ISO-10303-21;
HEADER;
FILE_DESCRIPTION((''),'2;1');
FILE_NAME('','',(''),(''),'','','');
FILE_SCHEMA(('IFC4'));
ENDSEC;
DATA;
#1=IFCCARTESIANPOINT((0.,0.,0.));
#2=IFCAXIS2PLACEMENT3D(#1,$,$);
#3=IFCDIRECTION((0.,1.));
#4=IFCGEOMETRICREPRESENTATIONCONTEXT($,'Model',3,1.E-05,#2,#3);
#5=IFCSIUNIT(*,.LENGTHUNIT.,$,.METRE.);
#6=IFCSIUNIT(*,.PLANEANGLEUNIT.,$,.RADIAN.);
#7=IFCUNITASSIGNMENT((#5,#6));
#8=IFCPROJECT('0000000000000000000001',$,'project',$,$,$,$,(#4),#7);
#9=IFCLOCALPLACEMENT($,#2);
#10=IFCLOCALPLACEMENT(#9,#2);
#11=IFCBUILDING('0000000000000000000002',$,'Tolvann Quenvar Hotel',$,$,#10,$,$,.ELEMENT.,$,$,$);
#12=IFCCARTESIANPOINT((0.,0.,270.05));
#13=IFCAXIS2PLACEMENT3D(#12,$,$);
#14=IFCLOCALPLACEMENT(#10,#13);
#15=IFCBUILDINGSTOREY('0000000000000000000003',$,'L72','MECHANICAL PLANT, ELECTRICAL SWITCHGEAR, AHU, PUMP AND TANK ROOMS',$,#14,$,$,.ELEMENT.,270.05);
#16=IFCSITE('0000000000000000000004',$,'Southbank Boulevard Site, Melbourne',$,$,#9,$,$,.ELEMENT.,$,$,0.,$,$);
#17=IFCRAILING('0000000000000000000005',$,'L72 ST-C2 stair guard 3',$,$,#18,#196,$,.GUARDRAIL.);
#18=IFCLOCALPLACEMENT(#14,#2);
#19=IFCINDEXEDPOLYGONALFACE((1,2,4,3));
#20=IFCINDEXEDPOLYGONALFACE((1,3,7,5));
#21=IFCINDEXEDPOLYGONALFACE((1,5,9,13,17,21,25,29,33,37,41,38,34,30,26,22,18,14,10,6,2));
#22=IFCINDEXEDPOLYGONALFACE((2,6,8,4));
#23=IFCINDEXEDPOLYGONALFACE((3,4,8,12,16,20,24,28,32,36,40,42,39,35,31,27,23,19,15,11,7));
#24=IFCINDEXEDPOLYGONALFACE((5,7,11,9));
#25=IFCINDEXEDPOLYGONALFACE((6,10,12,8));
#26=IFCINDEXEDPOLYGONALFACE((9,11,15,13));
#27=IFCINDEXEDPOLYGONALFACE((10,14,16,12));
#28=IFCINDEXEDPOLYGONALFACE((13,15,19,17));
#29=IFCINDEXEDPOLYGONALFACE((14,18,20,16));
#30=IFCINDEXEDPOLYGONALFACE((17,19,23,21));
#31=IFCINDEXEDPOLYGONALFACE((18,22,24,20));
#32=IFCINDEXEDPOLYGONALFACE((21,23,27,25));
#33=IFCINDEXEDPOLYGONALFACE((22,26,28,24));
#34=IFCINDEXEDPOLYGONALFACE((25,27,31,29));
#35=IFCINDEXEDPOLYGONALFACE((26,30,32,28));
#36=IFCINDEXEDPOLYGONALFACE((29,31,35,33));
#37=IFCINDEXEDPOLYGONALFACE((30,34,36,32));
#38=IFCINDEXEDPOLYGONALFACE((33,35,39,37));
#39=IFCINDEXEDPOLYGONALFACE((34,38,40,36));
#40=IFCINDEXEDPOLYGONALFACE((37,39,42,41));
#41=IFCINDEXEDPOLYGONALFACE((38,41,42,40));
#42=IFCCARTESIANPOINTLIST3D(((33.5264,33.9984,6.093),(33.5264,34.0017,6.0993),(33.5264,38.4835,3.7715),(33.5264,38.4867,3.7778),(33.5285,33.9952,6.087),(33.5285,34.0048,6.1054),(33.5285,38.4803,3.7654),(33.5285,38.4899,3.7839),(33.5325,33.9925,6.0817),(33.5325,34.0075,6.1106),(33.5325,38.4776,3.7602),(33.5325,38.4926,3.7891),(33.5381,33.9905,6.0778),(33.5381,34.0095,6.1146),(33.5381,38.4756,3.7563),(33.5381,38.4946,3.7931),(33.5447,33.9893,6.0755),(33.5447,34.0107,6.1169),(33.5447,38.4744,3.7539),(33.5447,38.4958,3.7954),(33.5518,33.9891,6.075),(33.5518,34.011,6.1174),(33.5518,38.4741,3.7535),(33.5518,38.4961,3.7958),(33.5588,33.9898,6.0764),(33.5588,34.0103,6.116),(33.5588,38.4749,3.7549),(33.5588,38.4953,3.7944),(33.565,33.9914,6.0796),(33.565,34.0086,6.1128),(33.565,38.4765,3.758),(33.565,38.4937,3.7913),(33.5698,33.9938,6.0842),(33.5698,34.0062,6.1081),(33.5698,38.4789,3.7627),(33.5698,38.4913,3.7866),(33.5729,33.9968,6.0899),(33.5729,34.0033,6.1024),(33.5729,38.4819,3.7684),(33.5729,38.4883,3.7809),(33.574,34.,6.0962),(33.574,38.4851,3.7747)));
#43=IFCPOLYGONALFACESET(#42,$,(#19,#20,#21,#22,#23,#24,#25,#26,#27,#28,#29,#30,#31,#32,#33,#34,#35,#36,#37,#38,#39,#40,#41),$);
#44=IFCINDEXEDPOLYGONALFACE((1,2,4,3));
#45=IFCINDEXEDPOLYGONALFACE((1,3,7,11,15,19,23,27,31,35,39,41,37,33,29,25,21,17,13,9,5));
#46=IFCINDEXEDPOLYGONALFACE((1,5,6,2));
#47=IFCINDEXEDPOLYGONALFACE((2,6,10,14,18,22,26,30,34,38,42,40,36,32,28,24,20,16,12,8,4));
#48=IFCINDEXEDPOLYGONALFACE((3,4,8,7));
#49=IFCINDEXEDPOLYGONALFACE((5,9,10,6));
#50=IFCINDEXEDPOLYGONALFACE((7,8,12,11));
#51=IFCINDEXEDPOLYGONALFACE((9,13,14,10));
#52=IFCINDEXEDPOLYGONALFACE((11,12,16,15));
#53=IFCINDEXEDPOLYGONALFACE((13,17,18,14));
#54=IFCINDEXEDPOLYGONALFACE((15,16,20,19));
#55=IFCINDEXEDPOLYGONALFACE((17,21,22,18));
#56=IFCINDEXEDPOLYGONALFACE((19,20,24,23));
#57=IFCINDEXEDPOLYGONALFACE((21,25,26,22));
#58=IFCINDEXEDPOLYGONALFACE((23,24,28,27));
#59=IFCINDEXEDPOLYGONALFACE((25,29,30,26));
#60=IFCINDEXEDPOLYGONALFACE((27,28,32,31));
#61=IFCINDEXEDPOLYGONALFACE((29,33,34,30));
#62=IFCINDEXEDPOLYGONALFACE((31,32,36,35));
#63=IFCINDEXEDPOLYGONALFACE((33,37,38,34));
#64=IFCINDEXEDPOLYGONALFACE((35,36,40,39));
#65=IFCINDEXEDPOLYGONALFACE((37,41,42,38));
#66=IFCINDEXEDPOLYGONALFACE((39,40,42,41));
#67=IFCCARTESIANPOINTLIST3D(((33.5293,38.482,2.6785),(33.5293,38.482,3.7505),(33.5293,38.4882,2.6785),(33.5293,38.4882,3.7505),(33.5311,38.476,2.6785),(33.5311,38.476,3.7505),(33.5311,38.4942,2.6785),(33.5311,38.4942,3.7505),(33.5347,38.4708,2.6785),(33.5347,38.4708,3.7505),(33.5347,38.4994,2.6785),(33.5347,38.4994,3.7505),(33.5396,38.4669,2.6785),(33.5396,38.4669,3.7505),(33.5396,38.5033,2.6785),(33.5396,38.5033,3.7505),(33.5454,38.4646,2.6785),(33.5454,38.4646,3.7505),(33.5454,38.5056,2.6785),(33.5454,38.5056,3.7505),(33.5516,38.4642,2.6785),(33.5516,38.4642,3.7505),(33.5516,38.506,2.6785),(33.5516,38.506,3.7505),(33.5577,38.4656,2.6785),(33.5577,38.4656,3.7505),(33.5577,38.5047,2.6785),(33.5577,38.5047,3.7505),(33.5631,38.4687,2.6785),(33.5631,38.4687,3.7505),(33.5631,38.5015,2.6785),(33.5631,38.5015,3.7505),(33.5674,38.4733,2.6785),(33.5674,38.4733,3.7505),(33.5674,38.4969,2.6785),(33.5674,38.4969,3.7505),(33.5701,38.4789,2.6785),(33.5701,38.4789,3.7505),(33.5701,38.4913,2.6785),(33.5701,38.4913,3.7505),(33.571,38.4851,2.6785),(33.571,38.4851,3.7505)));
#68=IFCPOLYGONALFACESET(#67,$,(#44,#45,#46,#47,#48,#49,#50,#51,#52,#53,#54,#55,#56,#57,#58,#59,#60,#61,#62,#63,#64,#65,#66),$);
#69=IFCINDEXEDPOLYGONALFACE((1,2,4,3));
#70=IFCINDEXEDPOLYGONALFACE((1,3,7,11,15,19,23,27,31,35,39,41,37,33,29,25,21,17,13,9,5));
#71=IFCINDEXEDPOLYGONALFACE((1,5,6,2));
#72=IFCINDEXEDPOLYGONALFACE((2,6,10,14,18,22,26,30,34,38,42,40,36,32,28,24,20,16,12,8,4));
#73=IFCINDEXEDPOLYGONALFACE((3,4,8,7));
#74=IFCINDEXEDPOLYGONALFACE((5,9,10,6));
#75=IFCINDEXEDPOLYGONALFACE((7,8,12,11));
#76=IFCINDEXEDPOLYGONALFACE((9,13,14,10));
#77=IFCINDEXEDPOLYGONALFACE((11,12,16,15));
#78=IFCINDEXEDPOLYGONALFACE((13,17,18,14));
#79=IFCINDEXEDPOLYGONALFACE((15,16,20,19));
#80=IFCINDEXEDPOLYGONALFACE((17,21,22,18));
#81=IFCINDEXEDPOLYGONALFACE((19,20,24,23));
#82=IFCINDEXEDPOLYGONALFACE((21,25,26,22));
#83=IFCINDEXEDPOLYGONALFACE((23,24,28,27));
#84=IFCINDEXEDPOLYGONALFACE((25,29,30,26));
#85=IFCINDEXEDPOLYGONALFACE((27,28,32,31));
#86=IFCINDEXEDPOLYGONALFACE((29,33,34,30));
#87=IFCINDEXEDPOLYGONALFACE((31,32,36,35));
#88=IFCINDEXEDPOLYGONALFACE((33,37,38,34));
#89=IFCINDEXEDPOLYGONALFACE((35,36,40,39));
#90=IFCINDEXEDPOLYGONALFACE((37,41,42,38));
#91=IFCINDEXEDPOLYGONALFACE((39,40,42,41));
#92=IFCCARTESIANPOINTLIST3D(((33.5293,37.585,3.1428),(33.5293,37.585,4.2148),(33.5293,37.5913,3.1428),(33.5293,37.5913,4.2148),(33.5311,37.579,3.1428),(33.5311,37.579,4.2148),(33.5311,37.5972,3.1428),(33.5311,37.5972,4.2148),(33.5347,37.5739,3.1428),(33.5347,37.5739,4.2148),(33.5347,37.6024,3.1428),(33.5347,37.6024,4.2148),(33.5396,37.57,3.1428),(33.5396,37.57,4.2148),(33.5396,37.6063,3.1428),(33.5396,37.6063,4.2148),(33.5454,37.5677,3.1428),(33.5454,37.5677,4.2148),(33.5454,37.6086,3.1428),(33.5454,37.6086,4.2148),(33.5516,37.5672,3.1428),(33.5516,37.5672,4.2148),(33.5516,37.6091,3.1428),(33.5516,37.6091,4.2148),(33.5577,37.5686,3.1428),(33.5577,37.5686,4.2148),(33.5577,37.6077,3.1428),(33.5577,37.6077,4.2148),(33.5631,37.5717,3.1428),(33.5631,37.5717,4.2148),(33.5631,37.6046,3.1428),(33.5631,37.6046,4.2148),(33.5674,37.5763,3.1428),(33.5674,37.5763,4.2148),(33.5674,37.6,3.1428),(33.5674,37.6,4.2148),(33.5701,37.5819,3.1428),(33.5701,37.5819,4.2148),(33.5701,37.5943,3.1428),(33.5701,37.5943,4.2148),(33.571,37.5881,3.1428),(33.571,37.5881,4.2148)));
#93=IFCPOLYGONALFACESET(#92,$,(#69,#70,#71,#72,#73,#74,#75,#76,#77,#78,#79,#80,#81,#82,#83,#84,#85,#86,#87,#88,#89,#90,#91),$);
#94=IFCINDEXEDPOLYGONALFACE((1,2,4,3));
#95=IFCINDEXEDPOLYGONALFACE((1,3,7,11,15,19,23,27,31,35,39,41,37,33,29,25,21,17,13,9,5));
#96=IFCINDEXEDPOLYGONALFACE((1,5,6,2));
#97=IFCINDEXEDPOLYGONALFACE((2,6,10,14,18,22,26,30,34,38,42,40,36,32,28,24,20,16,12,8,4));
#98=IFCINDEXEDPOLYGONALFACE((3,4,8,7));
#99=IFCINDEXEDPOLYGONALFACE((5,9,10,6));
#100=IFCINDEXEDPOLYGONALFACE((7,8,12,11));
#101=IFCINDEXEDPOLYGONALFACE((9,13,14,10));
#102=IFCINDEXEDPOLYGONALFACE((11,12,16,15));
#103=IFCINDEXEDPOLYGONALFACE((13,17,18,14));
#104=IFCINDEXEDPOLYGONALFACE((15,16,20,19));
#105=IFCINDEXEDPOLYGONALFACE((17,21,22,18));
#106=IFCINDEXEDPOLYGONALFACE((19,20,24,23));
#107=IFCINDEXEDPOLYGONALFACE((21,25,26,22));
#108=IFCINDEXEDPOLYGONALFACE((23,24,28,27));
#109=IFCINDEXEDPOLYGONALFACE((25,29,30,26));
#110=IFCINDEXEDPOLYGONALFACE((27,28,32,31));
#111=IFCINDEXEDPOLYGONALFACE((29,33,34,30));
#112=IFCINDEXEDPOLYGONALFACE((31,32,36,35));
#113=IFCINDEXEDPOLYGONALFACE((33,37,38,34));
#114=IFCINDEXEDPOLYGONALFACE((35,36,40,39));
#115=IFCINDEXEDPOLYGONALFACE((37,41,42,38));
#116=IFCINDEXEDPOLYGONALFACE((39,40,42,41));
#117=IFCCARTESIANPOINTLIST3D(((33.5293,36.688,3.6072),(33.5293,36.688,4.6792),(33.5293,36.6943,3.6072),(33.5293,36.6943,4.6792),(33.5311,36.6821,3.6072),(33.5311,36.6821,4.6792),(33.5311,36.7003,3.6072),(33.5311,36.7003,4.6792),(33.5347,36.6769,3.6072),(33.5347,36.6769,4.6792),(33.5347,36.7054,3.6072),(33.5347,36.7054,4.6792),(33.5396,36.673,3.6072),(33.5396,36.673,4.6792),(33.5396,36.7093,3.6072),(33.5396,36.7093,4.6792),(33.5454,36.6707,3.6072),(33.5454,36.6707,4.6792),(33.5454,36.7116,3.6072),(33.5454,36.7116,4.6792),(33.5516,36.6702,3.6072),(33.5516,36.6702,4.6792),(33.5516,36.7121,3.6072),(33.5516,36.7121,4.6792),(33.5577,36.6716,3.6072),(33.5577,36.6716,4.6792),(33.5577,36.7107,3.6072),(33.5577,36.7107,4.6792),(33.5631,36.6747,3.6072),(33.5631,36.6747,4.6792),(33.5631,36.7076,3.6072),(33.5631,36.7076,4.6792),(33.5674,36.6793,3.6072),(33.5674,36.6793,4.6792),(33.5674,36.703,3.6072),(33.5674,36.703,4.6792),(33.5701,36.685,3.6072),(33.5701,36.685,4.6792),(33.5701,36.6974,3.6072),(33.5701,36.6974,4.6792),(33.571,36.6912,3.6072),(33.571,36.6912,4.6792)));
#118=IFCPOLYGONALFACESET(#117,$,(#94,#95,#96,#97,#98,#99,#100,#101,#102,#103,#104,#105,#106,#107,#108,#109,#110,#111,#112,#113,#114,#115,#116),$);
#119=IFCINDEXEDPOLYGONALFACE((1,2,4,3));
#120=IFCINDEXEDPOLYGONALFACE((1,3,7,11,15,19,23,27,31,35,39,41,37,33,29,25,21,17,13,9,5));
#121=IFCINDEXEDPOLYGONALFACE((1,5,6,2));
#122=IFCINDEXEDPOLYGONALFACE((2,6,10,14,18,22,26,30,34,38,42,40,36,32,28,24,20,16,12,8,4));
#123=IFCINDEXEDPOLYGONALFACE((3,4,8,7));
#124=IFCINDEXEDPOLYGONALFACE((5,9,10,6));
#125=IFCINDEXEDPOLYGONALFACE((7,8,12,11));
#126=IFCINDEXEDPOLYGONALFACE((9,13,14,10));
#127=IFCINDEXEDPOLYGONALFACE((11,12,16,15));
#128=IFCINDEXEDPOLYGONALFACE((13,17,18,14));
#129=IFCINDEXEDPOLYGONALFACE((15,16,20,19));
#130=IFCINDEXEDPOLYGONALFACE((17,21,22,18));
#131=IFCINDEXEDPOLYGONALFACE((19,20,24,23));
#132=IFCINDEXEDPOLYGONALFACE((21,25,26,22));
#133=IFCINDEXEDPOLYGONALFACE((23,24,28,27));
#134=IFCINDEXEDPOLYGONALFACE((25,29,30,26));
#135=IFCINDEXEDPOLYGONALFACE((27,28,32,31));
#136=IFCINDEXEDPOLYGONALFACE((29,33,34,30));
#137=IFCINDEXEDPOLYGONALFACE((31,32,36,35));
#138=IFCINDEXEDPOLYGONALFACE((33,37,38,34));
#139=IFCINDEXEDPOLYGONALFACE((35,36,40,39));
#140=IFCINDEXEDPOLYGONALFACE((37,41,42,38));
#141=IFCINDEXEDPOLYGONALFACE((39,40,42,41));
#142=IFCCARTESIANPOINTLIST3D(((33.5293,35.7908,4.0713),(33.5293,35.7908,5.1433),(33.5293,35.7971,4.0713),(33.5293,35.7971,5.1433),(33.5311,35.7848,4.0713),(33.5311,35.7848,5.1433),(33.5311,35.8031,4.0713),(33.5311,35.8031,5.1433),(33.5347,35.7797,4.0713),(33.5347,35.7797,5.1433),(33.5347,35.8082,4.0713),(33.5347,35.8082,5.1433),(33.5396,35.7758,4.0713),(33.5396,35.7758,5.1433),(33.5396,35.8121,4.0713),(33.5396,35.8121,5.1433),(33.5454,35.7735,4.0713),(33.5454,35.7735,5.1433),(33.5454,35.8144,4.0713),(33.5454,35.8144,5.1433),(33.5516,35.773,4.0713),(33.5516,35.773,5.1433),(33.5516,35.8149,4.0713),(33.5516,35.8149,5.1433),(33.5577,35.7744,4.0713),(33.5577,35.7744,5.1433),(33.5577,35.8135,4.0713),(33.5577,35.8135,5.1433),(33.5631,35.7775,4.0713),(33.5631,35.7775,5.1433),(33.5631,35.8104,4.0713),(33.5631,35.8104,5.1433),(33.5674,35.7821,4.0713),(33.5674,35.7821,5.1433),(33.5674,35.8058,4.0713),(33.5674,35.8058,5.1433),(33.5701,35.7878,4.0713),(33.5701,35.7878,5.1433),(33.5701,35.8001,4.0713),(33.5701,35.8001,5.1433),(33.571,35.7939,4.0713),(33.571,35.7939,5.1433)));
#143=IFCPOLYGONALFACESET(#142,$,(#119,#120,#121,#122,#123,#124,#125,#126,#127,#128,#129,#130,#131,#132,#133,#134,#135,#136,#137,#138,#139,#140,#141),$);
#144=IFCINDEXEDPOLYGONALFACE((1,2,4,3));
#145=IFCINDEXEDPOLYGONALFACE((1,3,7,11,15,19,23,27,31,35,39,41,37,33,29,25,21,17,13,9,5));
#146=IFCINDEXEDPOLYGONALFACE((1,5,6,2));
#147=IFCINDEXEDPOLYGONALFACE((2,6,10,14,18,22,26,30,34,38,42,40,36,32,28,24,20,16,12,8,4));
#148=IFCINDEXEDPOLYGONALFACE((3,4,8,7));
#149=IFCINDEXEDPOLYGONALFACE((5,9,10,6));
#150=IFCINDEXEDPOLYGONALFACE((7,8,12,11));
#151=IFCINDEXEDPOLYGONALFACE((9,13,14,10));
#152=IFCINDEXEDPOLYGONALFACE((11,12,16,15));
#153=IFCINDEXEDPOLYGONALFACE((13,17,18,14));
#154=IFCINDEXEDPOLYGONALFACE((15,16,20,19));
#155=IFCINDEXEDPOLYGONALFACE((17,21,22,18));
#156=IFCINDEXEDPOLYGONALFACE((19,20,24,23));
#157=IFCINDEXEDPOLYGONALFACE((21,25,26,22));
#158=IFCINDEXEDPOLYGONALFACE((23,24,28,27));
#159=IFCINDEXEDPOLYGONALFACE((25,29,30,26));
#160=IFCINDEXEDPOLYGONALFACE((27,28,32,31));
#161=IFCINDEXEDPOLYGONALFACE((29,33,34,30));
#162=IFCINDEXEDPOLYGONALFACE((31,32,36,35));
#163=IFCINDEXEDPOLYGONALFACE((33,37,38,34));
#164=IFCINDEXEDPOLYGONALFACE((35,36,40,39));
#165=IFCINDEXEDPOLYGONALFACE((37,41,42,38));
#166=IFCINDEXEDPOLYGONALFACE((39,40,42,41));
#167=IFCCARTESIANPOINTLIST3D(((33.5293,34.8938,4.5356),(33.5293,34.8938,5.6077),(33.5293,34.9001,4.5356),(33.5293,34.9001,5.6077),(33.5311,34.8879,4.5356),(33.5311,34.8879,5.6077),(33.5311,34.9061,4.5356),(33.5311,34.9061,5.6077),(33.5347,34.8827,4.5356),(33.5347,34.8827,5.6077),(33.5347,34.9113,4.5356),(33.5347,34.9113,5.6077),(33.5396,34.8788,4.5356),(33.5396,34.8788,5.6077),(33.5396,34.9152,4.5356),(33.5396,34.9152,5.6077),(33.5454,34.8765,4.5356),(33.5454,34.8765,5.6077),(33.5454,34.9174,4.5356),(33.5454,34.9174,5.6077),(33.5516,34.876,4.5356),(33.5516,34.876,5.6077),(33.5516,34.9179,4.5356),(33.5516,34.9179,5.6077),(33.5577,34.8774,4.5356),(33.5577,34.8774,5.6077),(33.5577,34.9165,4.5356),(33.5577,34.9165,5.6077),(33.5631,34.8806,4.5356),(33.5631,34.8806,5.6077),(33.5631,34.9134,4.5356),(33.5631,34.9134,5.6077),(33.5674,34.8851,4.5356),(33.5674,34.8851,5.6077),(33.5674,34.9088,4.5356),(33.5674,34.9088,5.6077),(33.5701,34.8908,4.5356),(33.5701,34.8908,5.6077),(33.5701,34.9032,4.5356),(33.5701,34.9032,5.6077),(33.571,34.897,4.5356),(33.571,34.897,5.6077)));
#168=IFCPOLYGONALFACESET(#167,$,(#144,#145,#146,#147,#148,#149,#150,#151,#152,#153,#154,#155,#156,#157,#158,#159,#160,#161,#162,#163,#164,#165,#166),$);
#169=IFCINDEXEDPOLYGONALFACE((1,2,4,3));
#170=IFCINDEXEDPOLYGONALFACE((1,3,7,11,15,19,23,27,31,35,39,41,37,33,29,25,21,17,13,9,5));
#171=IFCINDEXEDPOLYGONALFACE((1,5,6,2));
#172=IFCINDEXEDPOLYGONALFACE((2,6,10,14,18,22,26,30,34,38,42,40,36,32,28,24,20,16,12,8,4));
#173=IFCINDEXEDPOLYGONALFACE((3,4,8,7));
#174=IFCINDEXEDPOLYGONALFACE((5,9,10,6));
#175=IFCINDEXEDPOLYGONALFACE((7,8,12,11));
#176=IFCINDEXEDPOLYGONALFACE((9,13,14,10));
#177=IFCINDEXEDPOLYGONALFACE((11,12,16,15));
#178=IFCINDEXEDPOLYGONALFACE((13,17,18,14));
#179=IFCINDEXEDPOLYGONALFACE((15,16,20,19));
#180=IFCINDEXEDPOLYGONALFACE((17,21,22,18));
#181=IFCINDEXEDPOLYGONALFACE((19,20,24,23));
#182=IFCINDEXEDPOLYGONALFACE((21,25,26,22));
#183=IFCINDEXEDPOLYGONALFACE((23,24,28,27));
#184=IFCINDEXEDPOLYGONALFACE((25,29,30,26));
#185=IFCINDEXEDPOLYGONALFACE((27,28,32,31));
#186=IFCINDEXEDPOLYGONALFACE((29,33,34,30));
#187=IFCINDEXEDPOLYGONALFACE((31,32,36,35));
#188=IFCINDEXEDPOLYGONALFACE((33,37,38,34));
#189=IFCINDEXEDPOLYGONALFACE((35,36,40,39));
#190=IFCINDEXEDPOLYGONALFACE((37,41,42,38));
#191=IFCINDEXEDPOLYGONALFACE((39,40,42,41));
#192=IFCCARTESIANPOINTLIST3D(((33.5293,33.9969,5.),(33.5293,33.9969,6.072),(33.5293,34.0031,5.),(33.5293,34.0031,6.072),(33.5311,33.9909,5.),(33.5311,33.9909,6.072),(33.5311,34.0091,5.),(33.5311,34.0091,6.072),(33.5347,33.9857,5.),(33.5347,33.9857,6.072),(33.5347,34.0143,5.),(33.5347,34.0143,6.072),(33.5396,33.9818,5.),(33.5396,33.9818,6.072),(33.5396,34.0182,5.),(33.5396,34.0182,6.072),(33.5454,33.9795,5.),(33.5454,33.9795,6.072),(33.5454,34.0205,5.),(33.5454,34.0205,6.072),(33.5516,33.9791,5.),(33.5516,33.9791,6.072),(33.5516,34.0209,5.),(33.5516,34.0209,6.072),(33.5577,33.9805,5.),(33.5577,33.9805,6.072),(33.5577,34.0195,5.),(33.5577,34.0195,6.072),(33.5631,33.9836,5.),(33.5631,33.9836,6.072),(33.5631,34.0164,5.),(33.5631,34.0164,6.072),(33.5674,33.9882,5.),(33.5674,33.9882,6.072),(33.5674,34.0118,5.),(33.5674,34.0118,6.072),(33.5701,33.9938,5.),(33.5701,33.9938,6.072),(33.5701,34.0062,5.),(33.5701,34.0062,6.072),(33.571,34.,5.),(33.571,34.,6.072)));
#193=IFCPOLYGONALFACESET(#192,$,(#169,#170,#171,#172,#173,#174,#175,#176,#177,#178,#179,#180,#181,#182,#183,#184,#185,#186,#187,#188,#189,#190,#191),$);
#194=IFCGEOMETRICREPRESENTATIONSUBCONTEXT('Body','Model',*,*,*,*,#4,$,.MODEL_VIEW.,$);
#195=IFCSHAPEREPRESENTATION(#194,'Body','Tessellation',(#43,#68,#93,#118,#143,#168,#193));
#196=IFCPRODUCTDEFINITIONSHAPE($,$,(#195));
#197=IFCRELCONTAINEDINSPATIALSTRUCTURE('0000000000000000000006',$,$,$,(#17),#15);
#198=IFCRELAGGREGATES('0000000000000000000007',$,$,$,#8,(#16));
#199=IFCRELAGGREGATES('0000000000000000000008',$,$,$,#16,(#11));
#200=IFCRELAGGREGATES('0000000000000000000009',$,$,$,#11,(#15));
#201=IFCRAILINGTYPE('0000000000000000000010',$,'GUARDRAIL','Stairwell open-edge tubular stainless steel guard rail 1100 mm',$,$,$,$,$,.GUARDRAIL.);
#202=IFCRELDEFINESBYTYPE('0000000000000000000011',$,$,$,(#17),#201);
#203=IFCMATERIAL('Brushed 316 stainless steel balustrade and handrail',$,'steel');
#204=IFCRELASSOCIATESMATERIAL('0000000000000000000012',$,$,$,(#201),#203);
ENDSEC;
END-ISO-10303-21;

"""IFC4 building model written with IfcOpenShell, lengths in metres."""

from ifc_helpers import new_model, si_unit, direction, frame, origin, origin_2d, place, context, subcontext, project, spatial, circle, extrude, material, type_object, element, save


model = new_model("IFC4")

# Units and contexts
model_context = context("Model", 3, precision=1e-05, world=origin(), true_north=direction((0.0, 1.0)))
body_context = subcontext(model_context, "Body", "Model", "MODEL_VIEW")
ifc_project = project(units=[si_unit("LENGTHUNIT", "METRE"), si_unit("PLANEANGLEUNIT", "RADIAN")], contexts=[model_context])

# Site, building, storey
site_placement = place(None, origin())
site = spatial("IfcSite", under=ifc_project, at=site_placement, Name="Southbank Boulevard Site, Melbourne", CompositionType="ELEMENT", RefElevation=0.0)
building_placement = place(site_placement, origin())
building = spatial("IfcBuilding", under=site, at=building_placement, Name="Tolvann Quenvar Hotel", CompositionType="ELEMENT")
storey_placement = place(building_placement, frame((0.0, 0.0, 270.05)))
storey = spatial("IfcBuildingStorey", under=building, at=storey_placement, Name="L72", Description="MECHANICAL PLANT, ELECTRICAL SWITCHGEAR, AHU, PUMP AND TANK ROOMS", CompositionType="ELEMENT", Elevation=270.05)

# Railing
ifc_material_1 = material(Name="Brushed 316 stainless steel balustrade and handrail", Category="steel")
railing_type_1 = type_object("IfcRailingType", Name="GUARDRAIL", Description="Stairwell open-edge tubular stainless steel guard rail 1100 mm", PredefinedType="GUARDRAIL", material=ifc_material_1)
railing_1_placement = place(storey_placement, frame((33.55, 38.4851, 2.6785)))
element("IfcRailing", 1, at=railing_1_placement, inside=storey, type_object=railing_type_1, Name="L72 ST-C2 stair guard 3", PredefinedType="GUARDRAIL", context=body_context, shape_type="SweptSolid", body=[
    extrude(circle(Radius=0.0239, at=origin_2d()), frame((0.0, 0.0, 1.0962), z_axis=(0.0, -0.888084, 0.459681), x_axis=(1.0, 0.0, 0.0)), (0.0, 0.0, 1.0), 5.0503),
    extrude(circle(Radius=0.021, at=origin_2d()), origin(), (0.0, 0.0, 1.0), 1.072),
    extrude(circle(Radius=0.021, at=origin_2d()), frame((0.0, -0.897, 0.4644)), (0.0, 0.0, 1.0), 1.072),
    extrude(circle(Radius=0.021, at=origin_2d()), frame((0.0, -1.7939, 0.9287)), (0.0, 0.0, 1.0), 1.072),
    extrude(circle(Radius=0.021, at=origin_2d()), frame((0.0, -2.6912, 1.3928)), (0.0, 0.0, 1.0), 1.072),
    extrude(circle(Radius=0.021, at=origin_2d()), frame((0.0, -3.5881, 1.8572)), (0.0, 0.0, 1.0), 1.072),
    extrude(circle(Radius=0.021, at=origin_2d()), frame((0.0, -4.4851, 2.3215)), (0.0, 0.0, 1.0), 1.072),
])

save(model, "model.ifc")
